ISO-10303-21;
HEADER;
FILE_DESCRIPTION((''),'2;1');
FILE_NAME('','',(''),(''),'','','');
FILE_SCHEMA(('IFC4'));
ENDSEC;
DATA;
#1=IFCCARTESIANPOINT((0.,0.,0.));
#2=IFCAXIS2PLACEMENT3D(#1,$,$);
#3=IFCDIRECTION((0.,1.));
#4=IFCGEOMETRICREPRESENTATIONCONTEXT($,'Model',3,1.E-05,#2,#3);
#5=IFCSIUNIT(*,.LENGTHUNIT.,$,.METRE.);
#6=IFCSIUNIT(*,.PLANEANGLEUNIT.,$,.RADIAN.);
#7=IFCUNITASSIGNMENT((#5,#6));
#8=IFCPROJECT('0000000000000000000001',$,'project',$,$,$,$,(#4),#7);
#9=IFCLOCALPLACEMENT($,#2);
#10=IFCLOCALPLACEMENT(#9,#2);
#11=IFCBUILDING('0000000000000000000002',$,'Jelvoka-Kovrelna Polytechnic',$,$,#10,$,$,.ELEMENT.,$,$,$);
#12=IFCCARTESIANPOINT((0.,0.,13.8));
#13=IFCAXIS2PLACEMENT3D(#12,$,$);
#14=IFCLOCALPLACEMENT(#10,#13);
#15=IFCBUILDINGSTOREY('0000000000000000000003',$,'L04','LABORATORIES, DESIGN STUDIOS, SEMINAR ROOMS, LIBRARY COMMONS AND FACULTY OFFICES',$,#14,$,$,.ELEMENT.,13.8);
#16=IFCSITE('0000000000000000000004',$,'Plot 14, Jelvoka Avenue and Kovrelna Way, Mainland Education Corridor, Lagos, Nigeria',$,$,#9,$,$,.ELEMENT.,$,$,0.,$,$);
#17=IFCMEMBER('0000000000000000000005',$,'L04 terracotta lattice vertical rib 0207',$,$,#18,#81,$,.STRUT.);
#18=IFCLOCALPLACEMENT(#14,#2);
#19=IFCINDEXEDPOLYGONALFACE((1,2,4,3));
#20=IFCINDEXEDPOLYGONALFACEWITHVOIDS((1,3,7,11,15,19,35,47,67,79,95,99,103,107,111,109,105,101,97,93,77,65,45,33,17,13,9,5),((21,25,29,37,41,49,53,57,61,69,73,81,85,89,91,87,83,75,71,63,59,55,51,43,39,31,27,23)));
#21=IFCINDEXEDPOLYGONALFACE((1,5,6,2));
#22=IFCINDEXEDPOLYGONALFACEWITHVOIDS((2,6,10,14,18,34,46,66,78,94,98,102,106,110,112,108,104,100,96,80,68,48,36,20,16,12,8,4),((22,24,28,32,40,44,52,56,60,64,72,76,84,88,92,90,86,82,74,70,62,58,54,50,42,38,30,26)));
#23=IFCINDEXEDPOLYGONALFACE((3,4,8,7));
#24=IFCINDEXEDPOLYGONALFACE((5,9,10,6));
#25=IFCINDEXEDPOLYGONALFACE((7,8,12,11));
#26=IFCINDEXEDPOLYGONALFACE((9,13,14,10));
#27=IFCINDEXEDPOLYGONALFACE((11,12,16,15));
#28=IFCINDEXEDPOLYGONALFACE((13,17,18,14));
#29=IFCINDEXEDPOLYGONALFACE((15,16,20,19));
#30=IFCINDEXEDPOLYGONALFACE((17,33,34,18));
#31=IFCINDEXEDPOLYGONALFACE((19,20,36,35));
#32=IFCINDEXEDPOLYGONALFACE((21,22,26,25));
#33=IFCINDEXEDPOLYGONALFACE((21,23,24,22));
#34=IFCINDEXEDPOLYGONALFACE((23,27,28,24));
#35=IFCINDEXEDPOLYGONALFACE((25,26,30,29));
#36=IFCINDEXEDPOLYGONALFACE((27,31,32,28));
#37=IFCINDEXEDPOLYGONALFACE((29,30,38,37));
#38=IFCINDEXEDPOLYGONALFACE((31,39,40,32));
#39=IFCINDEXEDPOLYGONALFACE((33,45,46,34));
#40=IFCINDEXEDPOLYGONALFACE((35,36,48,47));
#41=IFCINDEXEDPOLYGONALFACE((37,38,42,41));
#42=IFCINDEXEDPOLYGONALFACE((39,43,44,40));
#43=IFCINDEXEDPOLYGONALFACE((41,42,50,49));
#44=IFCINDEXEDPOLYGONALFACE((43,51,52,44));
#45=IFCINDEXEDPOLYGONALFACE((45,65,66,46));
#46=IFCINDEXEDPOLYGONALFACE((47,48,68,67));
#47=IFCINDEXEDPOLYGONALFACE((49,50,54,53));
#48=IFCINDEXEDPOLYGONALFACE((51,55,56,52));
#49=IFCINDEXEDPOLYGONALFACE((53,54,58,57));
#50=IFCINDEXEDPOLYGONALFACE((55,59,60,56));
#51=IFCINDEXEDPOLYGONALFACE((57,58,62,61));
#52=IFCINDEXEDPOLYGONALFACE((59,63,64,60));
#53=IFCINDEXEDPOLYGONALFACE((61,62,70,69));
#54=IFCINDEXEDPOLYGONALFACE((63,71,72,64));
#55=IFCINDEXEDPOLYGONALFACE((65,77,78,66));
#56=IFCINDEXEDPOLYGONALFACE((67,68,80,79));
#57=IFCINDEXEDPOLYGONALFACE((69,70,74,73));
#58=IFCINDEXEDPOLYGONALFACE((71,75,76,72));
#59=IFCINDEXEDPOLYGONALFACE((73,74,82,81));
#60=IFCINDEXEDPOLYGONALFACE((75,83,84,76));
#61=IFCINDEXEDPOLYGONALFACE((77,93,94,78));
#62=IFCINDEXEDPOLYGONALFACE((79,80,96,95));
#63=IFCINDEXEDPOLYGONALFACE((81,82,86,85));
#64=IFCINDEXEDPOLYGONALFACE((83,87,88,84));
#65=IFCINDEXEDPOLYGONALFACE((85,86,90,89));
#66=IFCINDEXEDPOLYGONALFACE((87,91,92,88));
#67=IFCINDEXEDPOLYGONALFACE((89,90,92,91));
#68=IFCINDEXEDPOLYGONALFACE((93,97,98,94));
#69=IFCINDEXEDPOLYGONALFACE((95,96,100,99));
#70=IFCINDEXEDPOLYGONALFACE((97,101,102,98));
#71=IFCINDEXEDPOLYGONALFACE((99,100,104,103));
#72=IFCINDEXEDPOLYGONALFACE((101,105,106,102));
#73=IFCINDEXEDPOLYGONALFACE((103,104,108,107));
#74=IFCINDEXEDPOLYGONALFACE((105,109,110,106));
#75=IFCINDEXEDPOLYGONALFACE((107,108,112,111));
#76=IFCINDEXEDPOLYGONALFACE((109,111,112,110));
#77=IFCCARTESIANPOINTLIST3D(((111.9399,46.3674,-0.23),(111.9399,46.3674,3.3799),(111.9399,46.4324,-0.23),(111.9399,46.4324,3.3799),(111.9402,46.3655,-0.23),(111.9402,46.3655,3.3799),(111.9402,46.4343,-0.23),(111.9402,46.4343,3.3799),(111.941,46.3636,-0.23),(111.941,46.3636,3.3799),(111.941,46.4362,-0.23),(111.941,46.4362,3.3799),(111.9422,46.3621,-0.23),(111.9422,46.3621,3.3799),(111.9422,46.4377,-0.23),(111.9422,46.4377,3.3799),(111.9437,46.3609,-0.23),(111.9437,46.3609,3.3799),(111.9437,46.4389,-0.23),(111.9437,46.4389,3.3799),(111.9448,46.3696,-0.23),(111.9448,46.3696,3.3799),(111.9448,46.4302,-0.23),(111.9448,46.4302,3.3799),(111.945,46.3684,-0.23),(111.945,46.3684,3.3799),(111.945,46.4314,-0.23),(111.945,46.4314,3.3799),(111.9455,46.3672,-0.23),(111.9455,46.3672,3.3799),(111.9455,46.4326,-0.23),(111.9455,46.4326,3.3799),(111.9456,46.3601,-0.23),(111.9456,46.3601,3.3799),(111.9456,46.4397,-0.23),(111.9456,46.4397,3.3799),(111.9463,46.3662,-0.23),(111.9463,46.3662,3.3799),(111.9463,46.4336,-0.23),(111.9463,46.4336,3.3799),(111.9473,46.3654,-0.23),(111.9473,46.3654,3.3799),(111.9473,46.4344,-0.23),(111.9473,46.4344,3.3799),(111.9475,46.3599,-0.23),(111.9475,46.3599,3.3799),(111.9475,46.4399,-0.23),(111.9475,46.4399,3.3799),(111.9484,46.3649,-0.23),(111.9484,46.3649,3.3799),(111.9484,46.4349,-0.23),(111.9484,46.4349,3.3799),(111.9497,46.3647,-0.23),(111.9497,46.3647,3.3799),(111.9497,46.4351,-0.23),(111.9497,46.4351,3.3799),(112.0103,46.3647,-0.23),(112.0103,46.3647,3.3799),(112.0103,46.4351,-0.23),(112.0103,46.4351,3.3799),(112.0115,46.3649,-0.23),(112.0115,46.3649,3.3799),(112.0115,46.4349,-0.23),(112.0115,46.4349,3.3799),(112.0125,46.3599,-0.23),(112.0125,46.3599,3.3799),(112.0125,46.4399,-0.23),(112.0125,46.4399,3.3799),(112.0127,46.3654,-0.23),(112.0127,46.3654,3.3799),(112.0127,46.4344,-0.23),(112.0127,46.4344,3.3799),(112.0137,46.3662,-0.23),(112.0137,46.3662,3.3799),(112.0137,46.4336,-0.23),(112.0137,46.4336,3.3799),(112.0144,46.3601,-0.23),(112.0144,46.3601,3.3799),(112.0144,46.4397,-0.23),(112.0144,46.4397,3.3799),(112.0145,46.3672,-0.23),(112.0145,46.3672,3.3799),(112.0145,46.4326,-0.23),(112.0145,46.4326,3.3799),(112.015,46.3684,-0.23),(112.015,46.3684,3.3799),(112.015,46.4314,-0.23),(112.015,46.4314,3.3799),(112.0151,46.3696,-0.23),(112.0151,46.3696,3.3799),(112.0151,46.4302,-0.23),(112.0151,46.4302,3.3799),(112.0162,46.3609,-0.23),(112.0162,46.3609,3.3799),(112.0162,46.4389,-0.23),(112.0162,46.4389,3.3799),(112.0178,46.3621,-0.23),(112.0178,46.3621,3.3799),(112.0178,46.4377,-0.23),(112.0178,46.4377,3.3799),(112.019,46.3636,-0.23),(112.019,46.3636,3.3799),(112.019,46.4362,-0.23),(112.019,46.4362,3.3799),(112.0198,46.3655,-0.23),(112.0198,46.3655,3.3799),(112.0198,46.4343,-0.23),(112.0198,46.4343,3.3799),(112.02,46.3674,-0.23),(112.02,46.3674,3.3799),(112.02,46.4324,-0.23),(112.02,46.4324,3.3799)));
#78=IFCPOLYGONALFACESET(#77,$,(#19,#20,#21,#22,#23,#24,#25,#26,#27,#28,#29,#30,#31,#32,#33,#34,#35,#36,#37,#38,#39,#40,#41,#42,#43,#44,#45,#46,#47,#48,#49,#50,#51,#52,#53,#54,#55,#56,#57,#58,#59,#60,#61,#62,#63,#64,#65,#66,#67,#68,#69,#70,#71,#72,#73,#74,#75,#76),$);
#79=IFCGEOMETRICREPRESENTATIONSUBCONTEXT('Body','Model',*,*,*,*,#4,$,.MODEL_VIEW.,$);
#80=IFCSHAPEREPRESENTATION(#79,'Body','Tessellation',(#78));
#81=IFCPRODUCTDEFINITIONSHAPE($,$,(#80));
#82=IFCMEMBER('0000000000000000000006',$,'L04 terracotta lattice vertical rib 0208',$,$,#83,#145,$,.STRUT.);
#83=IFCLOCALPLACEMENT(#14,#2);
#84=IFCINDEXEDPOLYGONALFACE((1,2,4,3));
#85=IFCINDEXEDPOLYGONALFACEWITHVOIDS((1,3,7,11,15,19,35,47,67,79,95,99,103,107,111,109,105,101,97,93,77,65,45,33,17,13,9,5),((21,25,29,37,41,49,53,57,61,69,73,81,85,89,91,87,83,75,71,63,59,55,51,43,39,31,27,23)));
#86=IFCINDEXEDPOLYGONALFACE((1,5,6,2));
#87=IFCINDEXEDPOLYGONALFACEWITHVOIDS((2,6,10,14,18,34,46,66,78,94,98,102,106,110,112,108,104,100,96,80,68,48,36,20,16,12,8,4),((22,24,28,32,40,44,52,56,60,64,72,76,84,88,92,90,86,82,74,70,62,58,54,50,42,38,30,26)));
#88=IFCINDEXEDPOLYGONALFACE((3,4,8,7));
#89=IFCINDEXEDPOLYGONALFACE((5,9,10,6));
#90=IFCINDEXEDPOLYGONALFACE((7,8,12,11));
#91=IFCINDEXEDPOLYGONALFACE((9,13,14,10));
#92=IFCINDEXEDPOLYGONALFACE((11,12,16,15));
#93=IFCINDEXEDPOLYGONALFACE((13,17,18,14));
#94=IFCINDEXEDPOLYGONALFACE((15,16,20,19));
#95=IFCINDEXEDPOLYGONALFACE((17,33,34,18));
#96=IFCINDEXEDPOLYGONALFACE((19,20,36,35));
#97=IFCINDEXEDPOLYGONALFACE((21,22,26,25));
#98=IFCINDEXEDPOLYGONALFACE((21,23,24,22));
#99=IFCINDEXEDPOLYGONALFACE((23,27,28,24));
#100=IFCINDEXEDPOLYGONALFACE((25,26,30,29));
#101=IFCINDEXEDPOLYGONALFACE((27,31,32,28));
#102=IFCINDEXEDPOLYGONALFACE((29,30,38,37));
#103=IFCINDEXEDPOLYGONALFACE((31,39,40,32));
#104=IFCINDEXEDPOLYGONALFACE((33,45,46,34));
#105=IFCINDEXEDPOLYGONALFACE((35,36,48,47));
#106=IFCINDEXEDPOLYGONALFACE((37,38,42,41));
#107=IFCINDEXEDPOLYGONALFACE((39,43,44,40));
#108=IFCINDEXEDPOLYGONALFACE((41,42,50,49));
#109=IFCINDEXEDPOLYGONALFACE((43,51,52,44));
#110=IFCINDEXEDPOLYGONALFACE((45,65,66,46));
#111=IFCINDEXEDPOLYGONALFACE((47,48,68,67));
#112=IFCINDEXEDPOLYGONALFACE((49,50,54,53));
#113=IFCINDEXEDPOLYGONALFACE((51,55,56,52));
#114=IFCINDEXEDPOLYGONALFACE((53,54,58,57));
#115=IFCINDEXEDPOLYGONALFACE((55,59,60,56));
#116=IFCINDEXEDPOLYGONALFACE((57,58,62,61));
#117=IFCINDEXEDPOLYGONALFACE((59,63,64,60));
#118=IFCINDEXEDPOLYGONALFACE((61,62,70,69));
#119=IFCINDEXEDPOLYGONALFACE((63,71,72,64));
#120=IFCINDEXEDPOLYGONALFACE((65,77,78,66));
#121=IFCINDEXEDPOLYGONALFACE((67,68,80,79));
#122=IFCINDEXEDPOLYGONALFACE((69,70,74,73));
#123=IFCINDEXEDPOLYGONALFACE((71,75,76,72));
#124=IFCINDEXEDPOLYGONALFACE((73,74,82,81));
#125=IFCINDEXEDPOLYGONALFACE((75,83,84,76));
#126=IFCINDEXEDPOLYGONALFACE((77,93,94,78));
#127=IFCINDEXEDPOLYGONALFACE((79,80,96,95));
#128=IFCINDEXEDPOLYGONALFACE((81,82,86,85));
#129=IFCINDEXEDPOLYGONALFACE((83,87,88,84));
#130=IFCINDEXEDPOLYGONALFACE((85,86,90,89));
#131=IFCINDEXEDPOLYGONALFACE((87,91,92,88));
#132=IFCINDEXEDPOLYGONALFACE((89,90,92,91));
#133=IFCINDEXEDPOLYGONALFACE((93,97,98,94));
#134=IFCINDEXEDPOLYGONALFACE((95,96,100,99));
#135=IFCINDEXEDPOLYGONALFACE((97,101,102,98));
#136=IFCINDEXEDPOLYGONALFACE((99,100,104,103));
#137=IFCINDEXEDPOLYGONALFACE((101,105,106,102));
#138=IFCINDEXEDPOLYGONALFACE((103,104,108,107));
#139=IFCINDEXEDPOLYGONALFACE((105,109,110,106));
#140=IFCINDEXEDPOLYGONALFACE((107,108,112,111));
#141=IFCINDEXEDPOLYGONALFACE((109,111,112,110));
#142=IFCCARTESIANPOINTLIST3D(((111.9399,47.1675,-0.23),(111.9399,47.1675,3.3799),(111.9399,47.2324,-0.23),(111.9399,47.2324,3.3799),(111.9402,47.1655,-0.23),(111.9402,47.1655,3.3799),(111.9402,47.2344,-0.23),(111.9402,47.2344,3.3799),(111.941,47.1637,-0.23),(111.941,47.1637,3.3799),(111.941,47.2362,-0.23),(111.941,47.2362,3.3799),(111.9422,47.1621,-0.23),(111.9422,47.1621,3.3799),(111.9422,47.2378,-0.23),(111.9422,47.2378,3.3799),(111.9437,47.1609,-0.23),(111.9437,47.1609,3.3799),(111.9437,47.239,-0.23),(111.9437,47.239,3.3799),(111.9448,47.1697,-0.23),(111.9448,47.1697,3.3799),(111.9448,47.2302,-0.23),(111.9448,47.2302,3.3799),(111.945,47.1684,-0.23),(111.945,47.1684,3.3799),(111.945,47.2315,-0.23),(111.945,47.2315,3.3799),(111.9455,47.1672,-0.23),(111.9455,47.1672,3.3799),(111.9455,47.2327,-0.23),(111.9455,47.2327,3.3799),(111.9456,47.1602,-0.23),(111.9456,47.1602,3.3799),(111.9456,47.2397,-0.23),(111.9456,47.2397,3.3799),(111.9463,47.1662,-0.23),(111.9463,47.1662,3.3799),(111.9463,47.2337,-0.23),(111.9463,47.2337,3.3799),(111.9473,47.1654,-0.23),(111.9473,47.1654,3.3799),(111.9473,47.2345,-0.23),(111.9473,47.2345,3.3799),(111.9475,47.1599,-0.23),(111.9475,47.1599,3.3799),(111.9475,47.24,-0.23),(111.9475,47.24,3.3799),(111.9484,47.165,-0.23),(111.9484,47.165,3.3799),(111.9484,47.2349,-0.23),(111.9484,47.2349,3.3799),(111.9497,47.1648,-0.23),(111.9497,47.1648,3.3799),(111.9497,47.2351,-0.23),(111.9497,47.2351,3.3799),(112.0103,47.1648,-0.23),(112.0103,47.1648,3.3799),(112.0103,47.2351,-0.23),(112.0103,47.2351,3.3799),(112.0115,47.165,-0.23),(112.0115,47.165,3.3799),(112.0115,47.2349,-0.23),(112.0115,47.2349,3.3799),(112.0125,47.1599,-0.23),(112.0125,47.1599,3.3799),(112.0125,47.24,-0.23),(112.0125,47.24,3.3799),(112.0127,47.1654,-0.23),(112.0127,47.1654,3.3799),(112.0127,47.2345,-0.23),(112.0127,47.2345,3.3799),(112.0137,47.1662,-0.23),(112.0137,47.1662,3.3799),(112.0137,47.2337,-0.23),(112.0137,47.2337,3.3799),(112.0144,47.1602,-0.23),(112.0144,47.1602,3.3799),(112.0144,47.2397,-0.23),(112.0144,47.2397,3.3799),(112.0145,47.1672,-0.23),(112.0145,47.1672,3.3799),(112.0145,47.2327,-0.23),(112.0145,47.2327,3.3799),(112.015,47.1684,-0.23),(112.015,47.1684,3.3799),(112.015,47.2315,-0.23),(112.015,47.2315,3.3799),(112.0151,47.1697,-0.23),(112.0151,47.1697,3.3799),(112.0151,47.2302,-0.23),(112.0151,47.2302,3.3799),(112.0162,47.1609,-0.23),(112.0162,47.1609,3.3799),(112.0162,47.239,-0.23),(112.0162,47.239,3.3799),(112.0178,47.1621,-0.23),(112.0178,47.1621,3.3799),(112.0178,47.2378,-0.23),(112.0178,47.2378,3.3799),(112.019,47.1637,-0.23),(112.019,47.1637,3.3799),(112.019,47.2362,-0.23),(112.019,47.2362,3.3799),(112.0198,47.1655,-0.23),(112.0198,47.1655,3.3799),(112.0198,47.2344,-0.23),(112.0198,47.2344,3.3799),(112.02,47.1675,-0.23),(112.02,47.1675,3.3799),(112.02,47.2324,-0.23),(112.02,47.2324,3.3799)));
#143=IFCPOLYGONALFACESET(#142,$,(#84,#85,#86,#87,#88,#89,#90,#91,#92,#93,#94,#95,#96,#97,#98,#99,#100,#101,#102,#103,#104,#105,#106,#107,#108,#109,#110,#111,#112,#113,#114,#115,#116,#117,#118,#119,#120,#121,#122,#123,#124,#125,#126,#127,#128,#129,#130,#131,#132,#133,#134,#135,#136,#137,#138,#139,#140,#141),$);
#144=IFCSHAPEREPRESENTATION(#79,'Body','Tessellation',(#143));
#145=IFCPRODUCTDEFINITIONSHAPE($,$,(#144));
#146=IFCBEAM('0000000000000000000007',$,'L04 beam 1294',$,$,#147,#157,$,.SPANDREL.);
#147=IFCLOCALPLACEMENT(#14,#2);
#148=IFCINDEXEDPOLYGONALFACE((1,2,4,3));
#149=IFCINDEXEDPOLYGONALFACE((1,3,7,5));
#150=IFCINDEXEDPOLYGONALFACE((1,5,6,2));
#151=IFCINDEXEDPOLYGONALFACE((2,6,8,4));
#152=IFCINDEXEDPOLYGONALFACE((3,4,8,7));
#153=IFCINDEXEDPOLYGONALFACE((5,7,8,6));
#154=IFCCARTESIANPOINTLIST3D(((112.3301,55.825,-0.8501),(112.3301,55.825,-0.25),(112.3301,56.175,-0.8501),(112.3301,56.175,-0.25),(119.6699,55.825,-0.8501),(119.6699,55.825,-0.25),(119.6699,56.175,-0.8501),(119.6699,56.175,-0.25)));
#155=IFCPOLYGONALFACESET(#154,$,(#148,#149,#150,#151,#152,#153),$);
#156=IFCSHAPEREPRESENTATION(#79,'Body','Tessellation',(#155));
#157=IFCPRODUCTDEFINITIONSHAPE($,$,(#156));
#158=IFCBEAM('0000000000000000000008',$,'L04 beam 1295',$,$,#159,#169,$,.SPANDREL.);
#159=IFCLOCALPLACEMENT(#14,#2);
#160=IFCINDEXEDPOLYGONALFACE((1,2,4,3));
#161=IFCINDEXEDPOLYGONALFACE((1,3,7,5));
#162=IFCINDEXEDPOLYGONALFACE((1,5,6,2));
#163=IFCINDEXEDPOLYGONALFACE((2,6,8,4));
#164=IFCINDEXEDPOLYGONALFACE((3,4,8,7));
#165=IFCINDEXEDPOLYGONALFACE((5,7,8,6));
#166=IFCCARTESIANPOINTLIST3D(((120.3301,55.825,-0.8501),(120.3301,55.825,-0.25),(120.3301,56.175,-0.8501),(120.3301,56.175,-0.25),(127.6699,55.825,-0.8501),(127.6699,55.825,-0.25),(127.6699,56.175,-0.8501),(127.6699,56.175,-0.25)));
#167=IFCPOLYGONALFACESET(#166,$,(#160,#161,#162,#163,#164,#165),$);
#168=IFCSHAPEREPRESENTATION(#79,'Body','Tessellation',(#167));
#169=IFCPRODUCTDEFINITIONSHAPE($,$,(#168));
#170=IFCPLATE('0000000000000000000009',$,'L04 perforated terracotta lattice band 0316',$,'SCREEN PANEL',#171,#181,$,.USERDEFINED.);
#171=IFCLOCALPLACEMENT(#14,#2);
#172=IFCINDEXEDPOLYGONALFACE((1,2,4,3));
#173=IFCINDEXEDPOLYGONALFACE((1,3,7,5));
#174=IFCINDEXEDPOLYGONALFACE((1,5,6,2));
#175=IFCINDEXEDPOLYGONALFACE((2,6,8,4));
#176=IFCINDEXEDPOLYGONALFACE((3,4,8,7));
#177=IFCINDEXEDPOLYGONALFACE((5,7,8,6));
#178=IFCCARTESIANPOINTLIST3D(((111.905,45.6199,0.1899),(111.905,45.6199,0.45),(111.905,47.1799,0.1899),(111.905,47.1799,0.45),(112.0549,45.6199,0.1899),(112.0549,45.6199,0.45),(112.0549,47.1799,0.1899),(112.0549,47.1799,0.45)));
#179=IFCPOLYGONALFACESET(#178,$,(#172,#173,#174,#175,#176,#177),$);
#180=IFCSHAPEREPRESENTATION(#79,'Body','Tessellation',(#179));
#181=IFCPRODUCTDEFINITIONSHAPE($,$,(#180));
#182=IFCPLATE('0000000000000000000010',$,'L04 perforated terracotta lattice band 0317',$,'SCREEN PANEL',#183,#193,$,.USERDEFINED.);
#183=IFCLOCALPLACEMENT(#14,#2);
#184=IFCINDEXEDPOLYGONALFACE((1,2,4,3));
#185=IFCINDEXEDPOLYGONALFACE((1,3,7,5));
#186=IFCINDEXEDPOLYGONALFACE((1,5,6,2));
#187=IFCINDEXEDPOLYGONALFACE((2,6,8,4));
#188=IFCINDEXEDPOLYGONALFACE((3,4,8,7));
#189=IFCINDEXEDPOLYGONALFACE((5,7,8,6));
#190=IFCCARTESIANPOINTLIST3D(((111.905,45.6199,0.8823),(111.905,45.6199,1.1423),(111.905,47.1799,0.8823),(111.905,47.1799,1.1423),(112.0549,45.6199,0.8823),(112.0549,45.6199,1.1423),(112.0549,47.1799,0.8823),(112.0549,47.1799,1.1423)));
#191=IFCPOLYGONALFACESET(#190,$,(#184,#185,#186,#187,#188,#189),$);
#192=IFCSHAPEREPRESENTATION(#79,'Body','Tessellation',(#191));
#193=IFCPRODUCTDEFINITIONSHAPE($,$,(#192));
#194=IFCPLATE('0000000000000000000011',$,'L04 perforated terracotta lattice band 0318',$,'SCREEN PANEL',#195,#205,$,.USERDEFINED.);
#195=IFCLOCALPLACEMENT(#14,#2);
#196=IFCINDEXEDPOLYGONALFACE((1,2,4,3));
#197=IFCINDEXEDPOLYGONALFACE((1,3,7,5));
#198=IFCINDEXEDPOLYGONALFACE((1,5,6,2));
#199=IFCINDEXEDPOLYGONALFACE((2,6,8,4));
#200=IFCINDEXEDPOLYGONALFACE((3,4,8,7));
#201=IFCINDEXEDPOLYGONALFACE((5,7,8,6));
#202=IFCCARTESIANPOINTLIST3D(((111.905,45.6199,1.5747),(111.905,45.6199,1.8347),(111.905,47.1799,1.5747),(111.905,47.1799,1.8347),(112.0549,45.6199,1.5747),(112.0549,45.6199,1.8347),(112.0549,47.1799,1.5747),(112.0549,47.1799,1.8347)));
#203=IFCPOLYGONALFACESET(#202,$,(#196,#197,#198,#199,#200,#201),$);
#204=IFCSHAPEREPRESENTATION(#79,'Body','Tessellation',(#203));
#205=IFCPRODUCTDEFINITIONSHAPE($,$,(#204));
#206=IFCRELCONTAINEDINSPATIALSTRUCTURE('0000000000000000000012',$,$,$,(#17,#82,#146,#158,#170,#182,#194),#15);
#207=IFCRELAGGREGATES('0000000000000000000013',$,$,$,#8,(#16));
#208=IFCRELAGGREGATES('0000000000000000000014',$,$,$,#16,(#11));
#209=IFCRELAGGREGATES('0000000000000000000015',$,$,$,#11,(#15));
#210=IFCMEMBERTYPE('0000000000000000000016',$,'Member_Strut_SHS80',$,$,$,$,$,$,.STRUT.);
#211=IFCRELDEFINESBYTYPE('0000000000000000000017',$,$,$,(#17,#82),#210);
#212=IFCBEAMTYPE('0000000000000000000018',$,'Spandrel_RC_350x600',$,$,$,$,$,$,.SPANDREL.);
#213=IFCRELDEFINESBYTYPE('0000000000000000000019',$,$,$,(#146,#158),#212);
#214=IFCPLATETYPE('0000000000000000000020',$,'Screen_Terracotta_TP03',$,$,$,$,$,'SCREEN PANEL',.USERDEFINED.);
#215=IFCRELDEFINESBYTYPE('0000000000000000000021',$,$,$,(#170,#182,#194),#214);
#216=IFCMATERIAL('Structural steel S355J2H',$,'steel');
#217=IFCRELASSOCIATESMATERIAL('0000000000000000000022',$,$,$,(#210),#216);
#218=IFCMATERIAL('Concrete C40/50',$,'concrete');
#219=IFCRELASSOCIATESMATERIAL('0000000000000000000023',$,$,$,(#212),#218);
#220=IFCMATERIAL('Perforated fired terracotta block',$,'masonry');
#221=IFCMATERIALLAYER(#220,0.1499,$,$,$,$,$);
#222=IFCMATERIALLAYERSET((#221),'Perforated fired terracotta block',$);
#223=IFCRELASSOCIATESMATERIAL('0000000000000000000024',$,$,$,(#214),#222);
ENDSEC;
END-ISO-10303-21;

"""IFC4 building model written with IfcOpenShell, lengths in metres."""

from ifc_helpers import new_model, si_unit, direction, frame, origin, origin_2d, place, context, subcontext, project, spatial, rectangle, hollow_rectangle, extrude, material, layer, layer_set, material_profile, profile_set, type_object, element, save


model = new_model("IFC4")

# Units and contexts
model_context = context("Model", 3, precision=1e-05, world=origin(), true_north=direction((0.0, 1.0)))
body_context = subcontext(model_context, "Body", "Model", "MODEL_VIEW")
ifc_project = project(units=[si_unit("LENGTHUNIT", "METRE"), si_unit("PLANEANGLEUNIT", "RADIAN")], contexts=[model_context])

# Site, building, storey
site_placement = place(None, origin())
site = spatial("IfcSite", under=ifc_project, at=site_placement, Name="Plot 14, Jelvoka Avenue and Kovrelna Way, Mainland Education Corridor, Lagos, Nigeria", CompositionType="ELEMENT", RefElevation=0.0)
building_placement = place(site_placement, origin())
building = spatial("IfcBuilding", under=site, at=building_placement, Name="Jelvoka-Kovrelna Polytechnic", CompositionType="ELEMENT")
storey_placement = place(building_placement, frame((0.0, 0.0, 13.8)))
storey = spatial("IfcBuildingStorey", under=building, at=storey_placement, Name="L04", Description="LABORATORIES, DESIGN STUDIOS, SEMINAR ROOMS, LIBRARY COMMONS AND FACULTY OFFICES", CompositionType="ELEMENT", Elevation=13.8)

# Members
ifc_material_1 = material(Name="Structural steel S355J2H", Category="steel")
ifc_material_profile_1 = material_profile(ifc_material_1, hollow_rectangle(XDim=0.0801, YDim=0.0801, WallThickness=0.0049, InnerFilletRadius=0.0049, OuterFilletRadius=0.0076, at=origin_2d()), Name="80x80x5.0 SHS")
ifc_profile_set_1 = profile_set([ifc_material_profile_1], Name="Structural steel S355J2H")
member_type_1 = type_object("IfcMemberType", Name="Member_Strut_SHS80", PredefinedType="STRUT", material=ifc_profile_set_1)
for number, where, z_axis, x_axis, name in (
    (1, (111.98, 46.3999, -0.23), (0.0, 0.0, 1.0), (1.0, 0.0, 0.0), "L04 terracotta lattice vertical rib 0207"),
    (2, (111.98, 47.2, -0.23), (0.0, 0.0, 1.0), (1.0, 0.0, 0.0), "L04 terracotta lattice vertical rib 0208"),
):
    element("IfcMember", number, at=place(storey_placement, frame(where, z_axis=z_axis, x_axis=x_axis)), inside=storey, type_object=member_type_1, Name=name, PredefinedType="STRUT", context=body_context, shape_type="SweptSolid", body=[
        extrude(hollow_rectangle(XDim=0.0801, YDim=0.0801, WallThickness=0.0049, InnerFilletRadius=0.0049, OuterFilletRadius=0.0076, at=origin_2d()), origin(), (0.0, 0.0, 1.0), 3.6099),
    ])

# Beams
ifc_material_2 = material(Name="Concrete C40/50", Category="concrete")
ifc_material_profile_2 = material_profile(ifc_material_2, rectangle(XDim=0.3501, YDim=0.6001, at=origin_2d()), Name="RC 350x600")
ifc_profile_set_2 = profile_set([ifc_material_profile_2], Name="Concrete C40/50")
beam_type = type_object("IfcBeamType", Name="Spandrel_RC_350x600", PredefinedType="SPANDREL", material=ifc_profile_set_2)
for number, where, z_axis, x_axis, name in (
    (3, (112.3301, 56.0, -0.55), (1.0, 0.0, 0.0), (0.0, 1.0, 0.0), "L04 beam 1294"),
    (4, (120.3301, 56.0, -0.55), (1.0, 0.0, 0.0), (0.0, 1.0, 0.0), "L04 beam 1295"),
):
    element("IfcBeam", number, at=place(storey_placement, frame(where, z_axis=z_axis, x_axis=x_axis)), inside=storey, type_object=beam_type, Name=name, PredefinedType="SPANDREL", context=body_context, shape_type="SweptSolid", body=[
        extrude(rectangle(XDim=0.3501, YDim=0.6001, at=origin_2d()), origin(), (0.0, 0.0, 1.0), 7.3398),
    ])

# Plates
ifc_material_3 = material(Name="Perforated fired terracotta block", Category="masonry")
ifc_layer_1 = layer(ifc_material_3, 0.1499)
ifc_layer_set_1 = layer_set([ifc_layer_1], Name="Perforated fired terracotta block")
plate_type = type_object("IfcPlateType", Name="Screen_Terracotta_TP03", ElementType="SCREEN PANEL", PredefinedType="USERDEFINED", material=ifc_layer_set_1)
for number, where, z_axis, x_axis, name in (
    (5, (111.98, 46.3999, 0.1899), (0.0, 0.0, 1.0), (0.0, 1.0, 0.0), "L04 perforated terracotta lattice band 0316"),
    (6, (111.98, 46.3999, 0.8823), (0.0, 0.0, 1.0), (0.0, 1.0, 0.0), "L04 perforated terracotta lattice band 0317"),
    (7, (111.98, 46.3999, 1.5747), (0.0, 0.0, 1.0), (0.0, 1.0, 0.0), "L04 perforated terracotta lattice band 0318"),
):
    element("IfcPlate", number, at=place(storey_placement, frame(where, z_axis=z_axis, x_axis=x_axis)), inside=storey, type_object=plate_type, Name=name, ObjectType="SCREEN PANEL", PredefinedType="USERDEFINED", context=body_context, shape_type="SweptSolid", body=[
        extrude(rectangle(XDim=1.5601, YDim=0.1499, at=origin_2d()), origin(), (0.0, 0.0, 1.0), 0.26),
    ])

save(model, "model.ifc")
